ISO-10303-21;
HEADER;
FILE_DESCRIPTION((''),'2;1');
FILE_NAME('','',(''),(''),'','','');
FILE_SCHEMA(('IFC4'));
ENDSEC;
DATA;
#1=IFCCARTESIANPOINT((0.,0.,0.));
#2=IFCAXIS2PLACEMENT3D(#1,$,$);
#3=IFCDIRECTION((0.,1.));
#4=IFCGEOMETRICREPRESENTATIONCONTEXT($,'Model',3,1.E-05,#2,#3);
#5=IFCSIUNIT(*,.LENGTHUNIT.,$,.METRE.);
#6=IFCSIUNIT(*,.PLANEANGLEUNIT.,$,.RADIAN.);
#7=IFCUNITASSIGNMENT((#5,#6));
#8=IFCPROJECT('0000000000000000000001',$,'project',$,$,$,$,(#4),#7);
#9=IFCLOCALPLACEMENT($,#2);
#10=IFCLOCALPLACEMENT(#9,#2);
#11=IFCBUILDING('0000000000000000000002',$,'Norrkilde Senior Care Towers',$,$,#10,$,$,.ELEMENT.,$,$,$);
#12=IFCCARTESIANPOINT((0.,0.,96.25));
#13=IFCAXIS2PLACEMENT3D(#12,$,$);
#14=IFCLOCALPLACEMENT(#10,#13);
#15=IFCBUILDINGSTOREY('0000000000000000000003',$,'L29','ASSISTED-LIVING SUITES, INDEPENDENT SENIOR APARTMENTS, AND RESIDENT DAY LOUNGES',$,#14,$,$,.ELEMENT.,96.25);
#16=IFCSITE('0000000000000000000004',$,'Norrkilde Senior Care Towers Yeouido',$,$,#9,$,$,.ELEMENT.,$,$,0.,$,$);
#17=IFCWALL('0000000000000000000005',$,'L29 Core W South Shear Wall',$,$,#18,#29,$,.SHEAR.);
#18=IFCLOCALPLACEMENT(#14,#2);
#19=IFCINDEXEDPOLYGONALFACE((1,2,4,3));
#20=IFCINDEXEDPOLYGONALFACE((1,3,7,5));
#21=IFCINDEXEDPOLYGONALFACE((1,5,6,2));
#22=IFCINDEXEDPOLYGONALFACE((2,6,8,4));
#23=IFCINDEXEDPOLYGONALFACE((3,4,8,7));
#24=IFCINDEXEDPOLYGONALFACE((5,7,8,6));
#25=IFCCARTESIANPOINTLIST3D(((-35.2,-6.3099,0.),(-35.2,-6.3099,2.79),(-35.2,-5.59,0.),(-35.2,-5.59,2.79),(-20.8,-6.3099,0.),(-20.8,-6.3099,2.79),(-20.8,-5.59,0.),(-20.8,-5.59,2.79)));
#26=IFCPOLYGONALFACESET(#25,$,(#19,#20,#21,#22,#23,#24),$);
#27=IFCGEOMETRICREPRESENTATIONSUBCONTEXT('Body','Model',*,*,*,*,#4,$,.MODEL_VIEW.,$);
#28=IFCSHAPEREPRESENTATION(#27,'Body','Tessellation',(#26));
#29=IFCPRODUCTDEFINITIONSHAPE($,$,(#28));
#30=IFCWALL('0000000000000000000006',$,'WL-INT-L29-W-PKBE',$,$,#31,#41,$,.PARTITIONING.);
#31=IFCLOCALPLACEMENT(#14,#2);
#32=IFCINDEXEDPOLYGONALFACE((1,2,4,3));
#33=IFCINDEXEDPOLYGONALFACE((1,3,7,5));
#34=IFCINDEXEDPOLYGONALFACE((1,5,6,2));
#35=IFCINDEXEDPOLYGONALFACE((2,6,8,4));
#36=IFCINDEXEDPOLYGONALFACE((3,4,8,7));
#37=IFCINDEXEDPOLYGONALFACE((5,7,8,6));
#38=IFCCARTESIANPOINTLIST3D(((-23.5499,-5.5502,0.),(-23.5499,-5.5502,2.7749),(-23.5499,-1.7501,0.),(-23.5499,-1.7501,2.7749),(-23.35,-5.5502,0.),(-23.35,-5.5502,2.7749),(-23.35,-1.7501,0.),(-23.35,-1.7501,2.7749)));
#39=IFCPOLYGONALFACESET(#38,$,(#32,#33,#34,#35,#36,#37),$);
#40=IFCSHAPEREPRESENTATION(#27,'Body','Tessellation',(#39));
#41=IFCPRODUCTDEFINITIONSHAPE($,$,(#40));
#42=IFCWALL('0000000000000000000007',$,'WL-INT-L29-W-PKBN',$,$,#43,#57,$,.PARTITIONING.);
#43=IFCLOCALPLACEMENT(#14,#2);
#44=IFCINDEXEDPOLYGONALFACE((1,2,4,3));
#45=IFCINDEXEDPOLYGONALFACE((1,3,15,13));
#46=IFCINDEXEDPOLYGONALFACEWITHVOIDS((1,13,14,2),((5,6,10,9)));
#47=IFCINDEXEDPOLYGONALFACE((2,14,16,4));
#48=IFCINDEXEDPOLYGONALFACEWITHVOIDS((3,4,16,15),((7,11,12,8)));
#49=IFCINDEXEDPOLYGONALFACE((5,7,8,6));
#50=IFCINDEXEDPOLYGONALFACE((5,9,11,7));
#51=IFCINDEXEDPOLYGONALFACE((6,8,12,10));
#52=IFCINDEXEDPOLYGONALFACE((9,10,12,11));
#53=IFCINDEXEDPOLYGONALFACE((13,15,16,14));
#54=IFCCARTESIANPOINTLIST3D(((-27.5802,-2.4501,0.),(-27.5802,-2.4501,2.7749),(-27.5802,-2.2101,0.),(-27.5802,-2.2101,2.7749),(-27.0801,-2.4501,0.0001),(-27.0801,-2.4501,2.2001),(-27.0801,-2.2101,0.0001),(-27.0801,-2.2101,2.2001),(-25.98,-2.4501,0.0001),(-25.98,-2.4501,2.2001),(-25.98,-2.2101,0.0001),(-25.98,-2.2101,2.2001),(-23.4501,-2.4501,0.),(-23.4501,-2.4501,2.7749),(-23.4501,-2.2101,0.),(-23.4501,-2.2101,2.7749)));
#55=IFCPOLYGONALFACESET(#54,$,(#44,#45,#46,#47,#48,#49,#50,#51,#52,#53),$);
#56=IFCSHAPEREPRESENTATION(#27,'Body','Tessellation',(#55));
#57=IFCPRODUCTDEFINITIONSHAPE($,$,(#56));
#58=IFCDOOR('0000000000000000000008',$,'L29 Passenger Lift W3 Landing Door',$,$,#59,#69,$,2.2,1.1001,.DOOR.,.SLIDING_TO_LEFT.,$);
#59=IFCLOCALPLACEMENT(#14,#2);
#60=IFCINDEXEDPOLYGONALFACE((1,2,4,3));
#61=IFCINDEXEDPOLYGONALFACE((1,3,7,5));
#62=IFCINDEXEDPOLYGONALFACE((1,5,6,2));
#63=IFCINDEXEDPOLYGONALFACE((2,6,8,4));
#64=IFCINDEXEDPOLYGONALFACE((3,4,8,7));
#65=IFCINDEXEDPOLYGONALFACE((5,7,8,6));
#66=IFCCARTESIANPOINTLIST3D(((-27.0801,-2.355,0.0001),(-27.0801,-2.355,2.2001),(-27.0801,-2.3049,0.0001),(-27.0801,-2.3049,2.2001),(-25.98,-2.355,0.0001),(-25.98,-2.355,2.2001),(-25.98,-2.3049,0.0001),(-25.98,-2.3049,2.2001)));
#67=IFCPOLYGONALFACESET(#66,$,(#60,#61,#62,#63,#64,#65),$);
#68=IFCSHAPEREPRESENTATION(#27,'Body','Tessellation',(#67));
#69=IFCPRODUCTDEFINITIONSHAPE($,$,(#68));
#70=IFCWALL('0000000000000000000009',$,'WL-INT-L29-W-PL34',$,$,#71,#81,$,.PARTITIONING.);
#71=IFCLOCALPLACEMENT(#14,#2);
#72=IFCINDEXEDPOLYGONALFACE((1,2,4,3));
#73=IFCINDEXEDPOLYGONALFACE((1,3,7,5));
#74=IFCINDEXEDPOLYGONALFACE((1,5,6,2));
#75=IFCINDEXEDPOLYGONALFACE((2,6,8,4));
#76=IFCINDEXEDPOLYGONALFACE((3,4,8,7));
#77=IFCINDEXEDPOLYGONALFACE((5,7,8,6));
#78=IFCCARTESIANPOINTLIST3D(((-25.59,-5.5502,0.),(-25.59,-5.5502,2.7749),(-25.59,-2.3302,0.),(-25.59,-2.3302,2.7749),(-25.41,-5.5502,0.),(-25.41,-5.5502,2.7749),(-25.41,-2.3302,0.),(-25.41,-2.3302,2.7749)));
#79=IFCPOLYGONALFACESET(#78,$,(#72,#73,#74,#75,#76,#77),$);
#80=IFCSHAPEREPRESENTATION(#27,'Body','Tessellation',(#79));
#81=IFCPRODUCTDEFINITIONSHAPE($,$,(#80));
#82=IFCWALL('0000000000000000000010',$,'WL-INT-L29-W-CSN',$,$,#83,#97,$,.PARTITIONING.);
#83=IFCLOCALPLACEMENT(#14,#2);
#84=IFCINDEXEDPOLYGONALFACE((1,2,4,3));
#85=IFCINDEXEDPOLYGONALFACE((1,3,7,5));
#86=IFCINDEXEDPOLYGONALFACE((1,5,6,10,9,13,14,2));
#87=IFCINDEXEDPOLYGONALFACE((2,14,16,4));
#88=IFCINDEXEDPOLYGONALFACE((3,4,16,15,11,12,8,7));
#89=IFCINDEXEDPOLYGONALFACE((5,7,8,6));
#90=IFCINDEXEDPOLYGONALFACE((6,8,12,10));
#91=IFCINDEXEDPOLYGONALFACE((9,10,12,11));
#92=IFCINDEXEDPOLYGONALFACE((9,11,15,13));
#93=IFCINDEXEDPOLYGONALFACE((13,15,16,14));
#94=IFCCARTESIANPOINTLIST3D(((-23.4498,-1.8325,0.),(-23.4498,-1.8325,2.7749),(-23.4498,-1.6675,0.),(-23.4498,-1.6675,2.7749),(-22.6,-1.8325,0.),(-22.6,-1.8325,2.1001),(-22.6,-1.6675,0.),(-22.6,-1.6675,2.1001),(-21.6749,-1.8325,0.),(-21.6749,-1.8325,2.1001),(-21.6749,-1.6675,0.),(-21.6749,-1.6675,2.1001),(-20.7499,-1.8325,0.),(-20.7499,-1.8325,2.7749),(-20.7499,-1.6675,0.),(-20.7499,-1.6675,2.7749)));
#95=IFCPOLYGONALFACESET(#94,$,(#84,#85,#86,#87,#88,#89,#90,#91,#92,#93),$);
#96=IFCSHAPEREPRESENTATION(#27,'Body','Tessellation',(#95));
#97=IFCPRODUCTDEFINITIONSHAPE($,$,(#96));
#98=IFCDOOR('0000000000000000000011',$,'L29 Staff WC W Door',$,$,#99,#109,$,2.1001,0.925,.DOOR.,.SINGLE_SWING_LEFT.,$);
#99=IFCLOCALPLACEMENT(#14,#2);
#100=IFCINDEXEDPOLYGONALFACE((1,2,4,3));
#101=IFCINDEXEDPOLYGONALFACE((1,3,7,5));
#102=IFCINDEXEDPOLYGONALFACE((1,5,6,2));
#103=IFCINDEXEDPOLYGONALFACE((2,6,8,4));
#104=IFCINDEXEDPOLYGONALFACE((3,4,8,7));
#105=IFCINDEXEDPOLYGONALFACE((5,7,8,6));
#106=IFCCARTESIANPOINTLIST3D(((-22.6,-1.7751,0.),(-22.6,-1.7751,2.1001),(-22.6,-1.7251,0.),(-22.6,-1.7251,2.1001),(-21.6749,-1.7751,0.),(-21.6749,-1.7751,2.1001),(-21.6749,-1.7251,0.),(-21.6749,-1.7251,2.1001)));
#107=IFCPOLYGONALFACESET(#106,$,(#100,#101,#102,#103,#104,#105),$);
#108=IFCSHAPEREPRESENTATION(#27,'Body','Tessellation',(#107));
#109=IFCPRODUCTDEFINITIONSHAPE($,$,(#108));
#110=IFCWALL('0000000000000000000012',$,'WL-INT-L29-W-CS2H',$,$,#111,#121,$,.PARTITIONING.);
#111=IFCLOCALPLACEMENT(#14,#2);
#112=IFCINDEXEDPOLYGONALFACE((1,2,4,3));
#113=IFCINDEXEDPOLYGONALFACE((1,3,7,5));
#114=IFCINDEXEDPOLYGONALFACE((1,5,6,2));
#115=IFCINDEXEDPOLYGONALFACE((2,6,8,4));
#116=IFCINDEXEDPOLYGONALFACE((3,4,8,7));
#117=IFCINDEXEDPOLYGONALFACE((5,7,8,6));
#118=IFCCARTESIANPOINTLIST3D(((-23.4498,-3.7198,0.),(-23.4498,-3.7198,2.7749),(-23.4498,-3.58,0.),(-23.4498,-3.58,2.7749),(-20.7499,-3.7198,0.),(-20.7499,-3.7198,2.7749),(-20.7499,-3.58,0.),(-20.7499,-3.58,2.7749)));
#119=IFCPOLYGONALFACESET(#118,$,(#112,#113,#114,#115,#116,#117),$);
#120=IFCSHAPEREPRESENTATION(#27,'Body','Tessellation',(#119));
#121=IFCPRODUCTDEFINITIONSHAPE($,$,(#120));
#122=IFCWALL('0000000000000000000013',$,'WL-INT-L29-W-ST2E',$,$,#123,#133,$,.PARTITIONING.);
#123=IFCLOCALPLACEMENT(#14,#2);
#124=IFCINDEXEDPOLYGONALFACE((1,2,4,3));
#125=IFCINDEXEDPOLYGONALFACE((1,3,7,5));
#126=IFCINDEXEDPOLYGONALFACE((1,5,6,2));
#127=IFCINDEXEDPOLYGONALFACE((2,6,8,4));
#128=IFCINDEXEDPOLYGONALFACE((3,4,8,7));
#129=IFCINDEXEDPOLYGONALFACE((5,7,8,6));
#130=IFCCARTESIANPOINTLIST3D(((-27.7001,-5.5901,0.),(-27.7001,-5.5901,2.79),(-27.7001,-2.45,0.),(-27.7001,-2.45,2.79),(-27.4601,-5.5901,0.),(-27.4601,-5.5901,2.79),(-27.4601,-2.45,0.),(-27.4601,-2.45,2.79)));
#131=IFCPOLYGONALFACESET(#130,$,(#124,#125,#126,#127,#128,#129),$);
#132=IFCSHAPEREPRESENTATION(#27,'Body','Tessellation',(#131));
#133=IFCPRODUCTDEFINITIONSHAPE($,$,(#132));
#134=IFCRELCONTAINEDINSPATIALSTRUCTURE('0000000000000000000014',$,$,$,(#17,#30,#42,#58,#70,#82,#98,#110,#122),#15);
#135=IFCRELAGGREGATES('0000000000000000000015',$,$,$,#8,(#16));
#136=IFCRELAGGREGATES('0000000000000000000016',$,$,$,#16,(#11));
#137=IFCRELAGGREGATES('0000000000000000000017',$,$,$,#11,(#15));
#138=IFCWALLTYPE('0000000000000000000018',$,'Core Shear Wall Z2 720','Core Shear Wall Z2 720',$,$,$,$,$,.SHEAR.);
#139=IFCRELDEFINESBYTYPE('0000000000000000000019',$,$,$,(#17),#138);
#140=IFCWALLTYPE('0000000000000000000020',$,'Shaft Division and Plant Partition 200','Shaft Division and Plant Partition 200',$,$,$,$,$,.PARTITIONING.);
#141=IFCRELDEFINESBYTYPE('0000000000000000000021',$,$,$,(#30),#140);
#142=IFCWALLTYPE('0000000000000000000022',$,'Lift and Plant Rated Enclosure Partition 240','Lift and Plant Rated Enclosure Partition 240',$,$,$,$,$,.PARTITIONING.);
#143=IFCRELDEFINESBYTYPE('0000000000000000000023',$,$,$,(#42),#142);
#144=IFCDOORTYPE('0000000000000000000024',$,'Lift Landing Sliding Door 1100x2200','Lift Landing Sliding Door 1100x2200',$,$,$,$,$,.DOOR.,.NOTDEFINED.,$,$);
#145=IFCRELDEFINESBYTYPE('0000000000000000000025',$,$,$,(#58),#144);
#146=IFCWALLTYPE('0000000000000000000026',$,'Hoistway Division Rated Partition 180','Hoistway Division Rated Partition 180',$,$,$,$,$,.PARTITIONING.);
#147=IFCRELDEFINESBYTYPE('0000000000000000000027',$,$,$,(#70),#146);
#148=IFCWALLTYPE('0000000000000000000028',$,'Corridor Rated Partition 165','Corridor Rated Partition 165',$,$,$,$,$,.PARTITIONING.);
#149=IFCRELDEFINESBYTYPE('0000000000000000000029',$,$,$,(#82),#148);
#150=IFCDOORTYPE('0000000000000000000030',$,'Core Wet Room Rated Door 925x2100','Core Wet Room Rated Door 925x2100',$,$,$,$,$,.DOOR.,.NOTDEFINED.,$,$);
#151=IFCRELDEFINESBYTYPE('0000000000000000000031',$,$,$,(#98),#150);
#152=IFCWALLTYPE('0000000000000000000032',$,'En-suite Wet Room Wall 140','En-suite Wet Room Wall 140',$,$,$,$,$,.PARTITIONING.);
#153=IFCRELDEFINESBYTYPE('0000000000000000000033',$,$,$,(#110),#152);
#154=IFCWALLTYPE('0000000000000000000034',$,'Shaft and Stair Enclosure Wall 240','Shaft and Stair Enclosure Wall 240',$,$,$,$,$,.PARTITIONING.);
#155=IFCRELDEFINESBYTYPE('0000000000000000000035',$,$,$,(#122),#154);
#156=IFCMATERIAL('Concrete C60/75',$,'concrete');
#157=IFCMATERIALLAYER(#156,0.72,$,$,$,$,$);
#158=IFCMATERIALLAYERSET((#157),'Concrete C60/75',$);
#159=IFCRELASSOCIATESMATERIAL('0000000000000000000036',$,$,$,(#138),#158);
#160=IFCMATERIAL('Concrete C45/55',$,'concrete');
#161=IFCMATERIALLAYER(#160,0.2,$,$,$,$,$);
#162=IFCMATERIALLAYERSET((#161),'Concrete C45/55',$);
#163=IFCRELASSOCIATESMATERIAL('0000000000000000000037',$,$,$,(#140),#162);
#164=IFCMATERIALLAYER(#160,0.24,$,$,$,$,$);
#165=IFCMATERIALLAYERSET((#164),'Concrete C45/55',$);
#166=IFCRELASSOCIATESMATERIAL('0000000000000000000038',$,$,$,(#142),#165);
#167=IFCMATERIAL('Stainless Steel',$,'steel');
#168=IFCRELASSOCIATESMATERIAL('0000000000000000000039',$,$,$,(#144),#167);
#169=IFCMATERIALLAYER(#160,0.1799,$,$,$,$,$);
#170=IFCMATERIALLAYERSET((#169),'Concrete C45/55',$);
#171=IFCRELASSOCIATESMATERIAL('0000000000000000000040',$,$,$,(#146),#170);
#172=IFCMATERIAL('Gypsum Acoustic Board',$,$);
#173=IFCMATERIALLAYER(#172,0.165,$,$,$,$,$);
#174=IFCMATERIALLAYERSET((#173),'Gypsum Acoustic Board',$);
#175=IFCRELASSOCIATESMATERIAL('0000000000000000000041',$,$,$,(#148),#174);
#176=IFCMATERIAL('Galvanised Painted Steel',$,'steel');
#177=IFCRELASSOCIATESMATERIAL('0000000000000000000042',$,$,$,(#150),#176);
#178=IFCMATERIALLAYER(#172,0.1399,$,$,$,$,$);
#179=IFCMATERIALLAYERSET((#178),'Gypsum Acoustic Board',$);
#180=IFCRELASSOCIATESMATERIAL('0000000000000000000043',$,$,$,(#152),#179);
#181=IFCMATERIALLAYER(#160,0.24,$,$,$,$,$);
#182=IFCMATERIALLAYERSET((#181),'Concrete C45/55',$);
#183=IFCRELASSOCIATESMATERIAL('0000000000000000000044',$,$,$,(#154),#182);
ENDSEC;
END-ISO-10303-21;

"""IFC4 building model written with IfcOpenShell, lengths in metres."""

from ifc_helpers import new_model, si_unit, direction, frame, frame_2d, origin, place, context, subcontext, project, spatial, rectangle, extrude, source, transform, mapped, material, layer, layer_set, type_object, type_shapes, element, fill, save


model = new_model("IFC4")

# Units and contexts
model_context = context("Model", 3, precision=1e-05, world=origin(), true_north=direction((0.0, 1.0)))
body_context = subcontext(model_context, "Body", "Model", "MODEL_VIEW")
ifc_project = project(units=[si_unit("LENGTHUNIT", "METRE"), si_unit("PLANEANGLEUNIT", "RADIAN")], contexts=[model_context])

# Site, building, storey
site_placement = place(None, origin())
site = spatial("IfcSite", under=ifc_project, at=site_placement, Name="Norrkilde Senior Care Towers Yeouido", CompositionType="ELEMENT", RefElevation=0.0)
building_placement = place(site_placement, origin())
building = spatial("IfcBuilding", under=site, at=building_placement, Name="Norrkilde Senior Care Towers", CompositionType="ELEMENT")
storey_placement = place(building_placement, frame((0.0, 0.0, 96.25)))
storey = spatial("IfcBuildingStorey", under=building, at=storey_placement, Name="L29", Description="ASSISTED-LIVING SUITES, INDEPENDENT SENIOR APARTMENTS, AND RESIDENT DAY LOUNGES", CompositionType="ELEMENT", Elevation=96.25)

# Shared definitions
ifc_material_1 = material(Name="Concrete C60/75", Category="concrete")

# Walls
ifc_layer_1 = layer(ifc_material_1, 0.72)
ifc_layer_set_1 = layer_set([ifc_layer_1], Name="Concrete C60/75")
wall_type_1 = type_object("IfcWallType", Name="Core Shear Wall Z2 720", Description="Core Shear Wall Z2 720", PredefinedType="SHEAR", material=ifc_layer_set_1)
shared_shape_1 = source(origin(), body_context, "Body", "SweptSolid", [
    extrude(rectangle(XDim=14.3999, YDim=0.72, at=frame_2d((7.2, 0.0))), origin(), (0.0, 0.0, 1.0), 2.79),
])
type_shapes(wall_type_1, [shared_shape_1])
wall_1_placement = place(storey_placement, frame((-20.8, -5.95, 0.0), z_axis=(0.0, 0.0, 1.0), x_axis=(-1.0, 0.0, 0.0)))
element("IfcWall", 1, at=wall_1_placement, inside=storey, type_object=wall_type_1, Name="L29 Core W South Shear Wall", PredefinedType="SHEAR", context=body_context, shape_type="MappedRepresentation", body=[
    mapped(shared_shape_1, transform((0.0, 0.0, 0.0), x_axis=(1.0, 0.0, 0.0), y_axis=(0.0, 1.0, 0.0), z_axis=(0.0, 0.0, 1.0), scale=1.0)),
])
ifc_material_2 = material(Name="Concrete C45/55", Category="concrete")
ifc_layer_2 = layer(ifc_material_2, 0.2)
ifc_layer_set_2 = layer_set([ifc_layer_2], Name="Concrete C45/55")
wall_type_2 = type_object("IfcWallType", Name="Shaft Division and Plant Partition 200", Description="Shaft Division and Plant Partition 200", PredefinedType="PARTITIONING", material=ifc_layer_set_2)
shared_shape_2 = source(origin(), body_context, "Body", "SweptSolid", [
    extrude(rectangle(XDim=3.8, YDim=0.2, at=frame_2d((1.8999, 0.0))), origin(), (0.0, 0.0, 1.0), 2.7749),
])
type_shapes(wall_type_2, [shared_shape_2])
wall_2_placement = place(storey_placement, frame((-23.45, -5.55, 0.0), z_axis=(0.0, 0.0, 1.0), x_axis=(0.0, 1.0, 0.0)))
element("IfcWall", 2, at=wall_2_placement, inside=storey, type_object=wall_type_2, Name="WL-INT-L29-W-PKBE", PredefinedType="PARTITIONING", context=body_context, shape_type="MappedRepresentation", body=[
    mapped(shared_shape_2, transform((0.0, 0.0, 0.0), x_axis=(1.0, 0.0, 0.0), y_axis=(0.0, 1.0, 0.0), z_axis=(0.0, 0.0, 1.0), scale=1.0)),
])

# Wall, opening, door
ifc_layer_3 = layer(ifc_material_2, 0.24)
ifc_layer_set_3 = layer_set([ifc_layer_3], Name="Concrete C45/55")
wall_type_3 = type_object("IfcWallType", Name="Lift and Plant Rated Enclosure Partition 240", Description="Lift and Plant Rated Enclosure Partition 240", PredefinedType="PARTITIONING", material=ifc_layer_set_3)
shared_shape_3 = source(origin(), body_context, "Body", "SweptSolid", [
    extrude(rectangle(XDim=4.1301, YDim=0.24, at=frame_2d((2.0649, 0.0))), origin(), (0.0, 0.0, 1.0), 2.7749),
])
type_shapes(wall_type_3, [shared_shape_3])
wall_3_placement = place(storey_placement, frame((-27.5801, -2.3301, 0.0), z_axis=(0.0, 0.0, 1.0), x_axis=(1.0, 0.0, 0.0)))
wall_3 = element("IfcWall", 3, at=wall_3_placement, inside=storey, type_object=wall_type_3, Name="WL-INT-L29-W-PKBN", PredefinedType="PARTITIONING", context=body_context, shape_type="MappedRepresentation", body=[
    mapped(shared_shape_3, transform((0.0, 0.0, 0.0), x_axis=(1.0, 0.0, 0.0), y_axis=(0.0, 1.0, 0.0), z_axis=(0.0, 0.0, 1.0), scale=1.0)),
])
opening_1_placement = place(wall_3_placement, frame((0.5, 0.0, 0.0)))
opening_1 = element("IfcOpeningElement", 4, at=opening_1_placement, cuts=wall_3, PredefinedType="OPENING", context=body_context, shape_type="SweptSolid", body=[
    extrude(rectangle(XDim=1.1001, YDim=2.2, at=frame_2d((0.55, 1.1001))), frame((0.0, 0.1299, 0.0), z_axis=(0.0, -1.0, 0.0), x_axis=(1.0, 0.0, 0.0)), (0.0, 0.0, 1.0), 0.26),
])
ifc_material_3 = material(Name="Stainless Steel", Category="steel")
door_type_1 = type_object("IfcDoorType", Name="Lift Landing Sliding Door 1100x2200", Description="Lift Landing Sliding Door 1100x2200", OperationType="NOTDEFINED", PredefinedType="DOOR", material=ifc_material_3)
shared_shape_4 = source(origin(), body_context, "Body", "SweptSolid", [
    extrude(rectangle(XDim=1.1001, YDim=2.2, at=frame_2d((0.55, 1.1001))), frame((0.0, 0.0249, 0.0), z_axis=(0.0, -1.0, 0.0), x_axis=(1.0, 0.0, 0.0)), (0.0, 0.0, 1.0), 0.05),
])
type_shapes(door_type_1, [shared_shape_4])
door_1_placement = place(opening_1_placement, frame((1.1001, 0.0, 0.0), z_axis=(0.0, 0.0, 1.0), x_axis=(-1.0, 0.0, 0.0)))
door_1 = element("IfcDoor", 5, at=door_1_placement, inside=storey, type_object=door_type_1, Name="L29 Passenger Lift W3 Landing Door", OperationType="SLIDING_TO_LEFT", OverallHeight=2.2, OverallWidth=1.1001, PredefinedType="DOOR", context=body_context, shape_type="MappedRepresentation", body=[
    mapped(shared_shape_4, transform((0.0, 0.0, 0.0), x_axis=(1.0, 0.0, 0.0), y_axis=(0.0, 1.0, 0.0), z_axis=(0.0, 0.0, 1.0), scale=1.0)),
])
fill(opening_1, door_1)

# Wall
ifc_layer_4 = layer(ifc_material_2, 0.1799)
ifc_layer_set_4 = layer_set([ifc_layer_4], Name="Concrete C45/55")
wall_type_4 = type_object("IfcWallType", Name="Hoistway Division Rated Partition 180", Description="Hoistway Division Rated Partition 180", PredefinedType="PARTITIONING", material=ifc_layer_set_4)
shared_shape_5 = source(origin(), body_context, "Body", "SweptSolid", [
    extrude(rectangle(XDim=3.22, YDim=0.1799, at=frame_2d((1.6099, 0.0))), origin(), (0.0, 0.0, 1.0), 2.7749),
])
type_shapes(wall_type_4, [shared_shape_5])
wall_4_placement = place(storey_placement, frame((-25.5, -5.55, 0.0), z_axis=(0.0, 0.0, 1.0), x_axis=(0.0, 1.0, 0.0)))
element("IfcWall", 6, at=wall_4_placement, inside=storey, type_object=wall_type_4, Name="WL-INT-L29-W-PL34", PredefinedType="PARTITIONING", context=body_context, shape_type="MappedRepresentation", body=[
    mapped(shared_shape_5, transform((0.0, 0.0, 0.0), x_axis=(1.0, 0.0, 0.0), y_axis=(0.0, 1.0, 0.0), z_axis=(0.0, 0.0, 1.0), scale=1.0)),
])

# Wall, opening, door
ifc_material_4 = material(Name="Gypsum Acoustic Board")
ifc_layer_5 = layer(ifc_material_4, 0.165)
ifc_layer_set_5 = layer_set([ifc_layer_5], Name="Gypsum Acoustic Board")
wall_type_5 = type_object("IfcWallType", Name="Corridor Rated Partition 165", Description="Corridor Rated Partition 165", PredefinedType="PARTITIONING", material=ifc_layer_set_5)
shared_shape_6 = source(origin(), body_context, "Body", "SweptSolid", [
    extrude(rectangle(XDim=2.7, YDim=0.165, at=frame_2d((1.3501, 0.0))), origin(), (0.0, 0.0, 1.0), 2.7749),
])
wall_5_placement = place(storey_placement, frame((-23.45, -1.75, 0.0), z_axis=(0.0, 0.0, 1.0), x_axis=(1.0, 0.0, 0.0)))
wall_5 = element("IfcWall", 7, at=wall_5_placement, inside=storey, type_object=wall_type_5, Name="WL-INT-L29-W-CSN", PredefinedType="PARTITIONING", context=body_context, shape_type="MappedRepresentation", body=[
    mapped(shared_shape_6, transform((0.0, 0.0, 0.0), x_axis=(1.0, 0.0, 0.0), y_axis=(0.0, 1.0, 0.0), z_axis=(0.0, 0.0, 1.0), scale=1.0)),
])
opening_2_placement = place(wall_5_placement, frame((0.8501, 0.0, 0.0)))
opening_2 = element("IfcOpeningElement", 8, at=opening_2_placement, cuts=wall_5, PredefinedType="OPENING", context=body_context, shape_type="SweptSolid", body=[
    extrude(rectangle(XDim=0.925, YDim=2.1001, at=frame_2d((0.4624, 1.05))), frame((0.0, 0.0925, 0.0), z_axis=(0.0, -1.0, 0.0), x_axis=(1.0, 0.0, 0.0)), (0.0, 0.0, 1.0), 0.1851),
])
ifc_material_5 = material(Name="Galvanised Painted Steel", Category="steel")
door_type_2 = type_object("IfcDoorType", Name="Core Wet Room Rated Door 925x2100", Description="Core Wet Room Rated Door 925x2100", OperationType="NOTDEFINED", PredefinedType="DOOR", material=ifc_material_5)
shared_shape_7 = source(origin(), body_context, "Body", "SweptSolid", [
    extrude(rectangle(XDim=0.925, YDim=2.1001, at=frame_2d((0.4624, 1.05))), frame((0.0, 0.0249, 0.0), z_axis=(0.0, -1.0, 0.0), x_axis=(1.0, 0.0, 0.0)), (0.0, 0.0, 1.0), 0.05),
])
type_shapes(door_type_2, [shared_shape_7])
door_2_placement = place(opening_2_placement, origin())
door_2 = element("IfcDoor", 9, at=door_2_placement, inside=storey, type_object=door_type_2, Name="L29 Staff WC W Door", OperationType="SINGLE_SWING_LEFT", OverallHeight=2.1001, OverallWidth=0.925, PredefinedType="DOOR", context=body_context, shape_type="MappedRepresentation", body=[
    mapped(shared_shape_7, transform((0.0, 0.0, 0.0), x_axis=(1.0, 0.0, 0.0), y_axis=(0.0, 1.0, 0.0), z_axis=(0.0, 0.0, 1.0), scale=1.0)),
])
fill(opening_2, door_2)

# Walls
ifc_layer_6 = layer(ifc_material_4, 0.1399)
ifc_layer_set_6 = layer_set([ifc_layer_6], Name="Gypsum Acoustic Board")
wall_type_6 = type_object("IfcWallType", Name="En-suite Wet Room Wall 140", Description="En-suite Wet Room Wall 140", PredefinedType="PARTITIONING", material=ifc_layer_set_6)
shared_shape_8 = source(origin(), body_context, "Body", "SweptSolid", [
    extrude(rectangle(XDim=2.7, YDim=0.1399, at=frame_2d((1.3501, 0.0))), origin(), (0.0, 0.0, 1.0), 2.7749),
])
type_shapes(wall_type_6, [shared_shape_8])
wall_6_placement = place(storey_placement, frame((-23.45, -3.6499, 0.0), z_axis=(0.0, 0.0, 1.0), x_axis=(1.0, 0.0, 0.0)))
element("IfcWall", 10, at=wall_6_placement, inside=storey, type_object=wall_type_6, Name="WL-INT-L29-W-CS2H", PredefinedType="PARTITIONING", context=body_context, shape_type="MappedRepresentation", body=[
    mapped(shared_shape_8, transform((0.0, 0.0, 0.0), x_axis=(1.0, 0.0, 0.0), y_axis=(0.0, 1.0, 0.0), z_axis=(0.0, 0.0, 1.0), scale=1.0)),
])
ifc_layer_7 = layer(ifc_material_2, 0.24)
ifc_layer_set_7 = layer_set([ifc_layer_7], Name="Concrete C45/55")
wall_type_7 = type_object("IfcWallType", Name="Shaft and Stair Enclosure Wall 240", Description="Shaft and Stair Enclosure Wall 240", PredefinedType="PARTITIONING", material=ifc_layer_set_7)
shared_shape_9 = source(origin(), body_context, "Body", "SweptSolid", [
    extrude(rectangle(XDim=3.1401, YDim=0.24, at=frame_2d((1.5701, 0.0))), origin(), (0.0, 0.0, 1.0), 2.79),
])
type_shapes(wall_type_7, [shared_shape_9])
wall_7_placement = place(storey_placement, frame((-27.5801, -5.5901, 0.0), z_axis=(0.0, 0.0, 1.0), x_axis=(0.0, 1.0, 0.0)))
element("IfcWall", 11, at=wall_7_placement, inside=storey, type_object=wall_type_7, Name="WL-INT-L29-W-ST2E", PredefinedType="PARTITIONING", context=body_context, shape_type="MappedRepresentation", body=[
    mapped(shared_shape_9, transform((0.0, 0.0, 0.0), x_axis=(1.0, 0.0, 0.0), y_axis=(0.0, 1.0, 0.0), z_axis=(0.0, 0.0, 1.0), scale=1.0)),
])

save(model, "model.ifc")
